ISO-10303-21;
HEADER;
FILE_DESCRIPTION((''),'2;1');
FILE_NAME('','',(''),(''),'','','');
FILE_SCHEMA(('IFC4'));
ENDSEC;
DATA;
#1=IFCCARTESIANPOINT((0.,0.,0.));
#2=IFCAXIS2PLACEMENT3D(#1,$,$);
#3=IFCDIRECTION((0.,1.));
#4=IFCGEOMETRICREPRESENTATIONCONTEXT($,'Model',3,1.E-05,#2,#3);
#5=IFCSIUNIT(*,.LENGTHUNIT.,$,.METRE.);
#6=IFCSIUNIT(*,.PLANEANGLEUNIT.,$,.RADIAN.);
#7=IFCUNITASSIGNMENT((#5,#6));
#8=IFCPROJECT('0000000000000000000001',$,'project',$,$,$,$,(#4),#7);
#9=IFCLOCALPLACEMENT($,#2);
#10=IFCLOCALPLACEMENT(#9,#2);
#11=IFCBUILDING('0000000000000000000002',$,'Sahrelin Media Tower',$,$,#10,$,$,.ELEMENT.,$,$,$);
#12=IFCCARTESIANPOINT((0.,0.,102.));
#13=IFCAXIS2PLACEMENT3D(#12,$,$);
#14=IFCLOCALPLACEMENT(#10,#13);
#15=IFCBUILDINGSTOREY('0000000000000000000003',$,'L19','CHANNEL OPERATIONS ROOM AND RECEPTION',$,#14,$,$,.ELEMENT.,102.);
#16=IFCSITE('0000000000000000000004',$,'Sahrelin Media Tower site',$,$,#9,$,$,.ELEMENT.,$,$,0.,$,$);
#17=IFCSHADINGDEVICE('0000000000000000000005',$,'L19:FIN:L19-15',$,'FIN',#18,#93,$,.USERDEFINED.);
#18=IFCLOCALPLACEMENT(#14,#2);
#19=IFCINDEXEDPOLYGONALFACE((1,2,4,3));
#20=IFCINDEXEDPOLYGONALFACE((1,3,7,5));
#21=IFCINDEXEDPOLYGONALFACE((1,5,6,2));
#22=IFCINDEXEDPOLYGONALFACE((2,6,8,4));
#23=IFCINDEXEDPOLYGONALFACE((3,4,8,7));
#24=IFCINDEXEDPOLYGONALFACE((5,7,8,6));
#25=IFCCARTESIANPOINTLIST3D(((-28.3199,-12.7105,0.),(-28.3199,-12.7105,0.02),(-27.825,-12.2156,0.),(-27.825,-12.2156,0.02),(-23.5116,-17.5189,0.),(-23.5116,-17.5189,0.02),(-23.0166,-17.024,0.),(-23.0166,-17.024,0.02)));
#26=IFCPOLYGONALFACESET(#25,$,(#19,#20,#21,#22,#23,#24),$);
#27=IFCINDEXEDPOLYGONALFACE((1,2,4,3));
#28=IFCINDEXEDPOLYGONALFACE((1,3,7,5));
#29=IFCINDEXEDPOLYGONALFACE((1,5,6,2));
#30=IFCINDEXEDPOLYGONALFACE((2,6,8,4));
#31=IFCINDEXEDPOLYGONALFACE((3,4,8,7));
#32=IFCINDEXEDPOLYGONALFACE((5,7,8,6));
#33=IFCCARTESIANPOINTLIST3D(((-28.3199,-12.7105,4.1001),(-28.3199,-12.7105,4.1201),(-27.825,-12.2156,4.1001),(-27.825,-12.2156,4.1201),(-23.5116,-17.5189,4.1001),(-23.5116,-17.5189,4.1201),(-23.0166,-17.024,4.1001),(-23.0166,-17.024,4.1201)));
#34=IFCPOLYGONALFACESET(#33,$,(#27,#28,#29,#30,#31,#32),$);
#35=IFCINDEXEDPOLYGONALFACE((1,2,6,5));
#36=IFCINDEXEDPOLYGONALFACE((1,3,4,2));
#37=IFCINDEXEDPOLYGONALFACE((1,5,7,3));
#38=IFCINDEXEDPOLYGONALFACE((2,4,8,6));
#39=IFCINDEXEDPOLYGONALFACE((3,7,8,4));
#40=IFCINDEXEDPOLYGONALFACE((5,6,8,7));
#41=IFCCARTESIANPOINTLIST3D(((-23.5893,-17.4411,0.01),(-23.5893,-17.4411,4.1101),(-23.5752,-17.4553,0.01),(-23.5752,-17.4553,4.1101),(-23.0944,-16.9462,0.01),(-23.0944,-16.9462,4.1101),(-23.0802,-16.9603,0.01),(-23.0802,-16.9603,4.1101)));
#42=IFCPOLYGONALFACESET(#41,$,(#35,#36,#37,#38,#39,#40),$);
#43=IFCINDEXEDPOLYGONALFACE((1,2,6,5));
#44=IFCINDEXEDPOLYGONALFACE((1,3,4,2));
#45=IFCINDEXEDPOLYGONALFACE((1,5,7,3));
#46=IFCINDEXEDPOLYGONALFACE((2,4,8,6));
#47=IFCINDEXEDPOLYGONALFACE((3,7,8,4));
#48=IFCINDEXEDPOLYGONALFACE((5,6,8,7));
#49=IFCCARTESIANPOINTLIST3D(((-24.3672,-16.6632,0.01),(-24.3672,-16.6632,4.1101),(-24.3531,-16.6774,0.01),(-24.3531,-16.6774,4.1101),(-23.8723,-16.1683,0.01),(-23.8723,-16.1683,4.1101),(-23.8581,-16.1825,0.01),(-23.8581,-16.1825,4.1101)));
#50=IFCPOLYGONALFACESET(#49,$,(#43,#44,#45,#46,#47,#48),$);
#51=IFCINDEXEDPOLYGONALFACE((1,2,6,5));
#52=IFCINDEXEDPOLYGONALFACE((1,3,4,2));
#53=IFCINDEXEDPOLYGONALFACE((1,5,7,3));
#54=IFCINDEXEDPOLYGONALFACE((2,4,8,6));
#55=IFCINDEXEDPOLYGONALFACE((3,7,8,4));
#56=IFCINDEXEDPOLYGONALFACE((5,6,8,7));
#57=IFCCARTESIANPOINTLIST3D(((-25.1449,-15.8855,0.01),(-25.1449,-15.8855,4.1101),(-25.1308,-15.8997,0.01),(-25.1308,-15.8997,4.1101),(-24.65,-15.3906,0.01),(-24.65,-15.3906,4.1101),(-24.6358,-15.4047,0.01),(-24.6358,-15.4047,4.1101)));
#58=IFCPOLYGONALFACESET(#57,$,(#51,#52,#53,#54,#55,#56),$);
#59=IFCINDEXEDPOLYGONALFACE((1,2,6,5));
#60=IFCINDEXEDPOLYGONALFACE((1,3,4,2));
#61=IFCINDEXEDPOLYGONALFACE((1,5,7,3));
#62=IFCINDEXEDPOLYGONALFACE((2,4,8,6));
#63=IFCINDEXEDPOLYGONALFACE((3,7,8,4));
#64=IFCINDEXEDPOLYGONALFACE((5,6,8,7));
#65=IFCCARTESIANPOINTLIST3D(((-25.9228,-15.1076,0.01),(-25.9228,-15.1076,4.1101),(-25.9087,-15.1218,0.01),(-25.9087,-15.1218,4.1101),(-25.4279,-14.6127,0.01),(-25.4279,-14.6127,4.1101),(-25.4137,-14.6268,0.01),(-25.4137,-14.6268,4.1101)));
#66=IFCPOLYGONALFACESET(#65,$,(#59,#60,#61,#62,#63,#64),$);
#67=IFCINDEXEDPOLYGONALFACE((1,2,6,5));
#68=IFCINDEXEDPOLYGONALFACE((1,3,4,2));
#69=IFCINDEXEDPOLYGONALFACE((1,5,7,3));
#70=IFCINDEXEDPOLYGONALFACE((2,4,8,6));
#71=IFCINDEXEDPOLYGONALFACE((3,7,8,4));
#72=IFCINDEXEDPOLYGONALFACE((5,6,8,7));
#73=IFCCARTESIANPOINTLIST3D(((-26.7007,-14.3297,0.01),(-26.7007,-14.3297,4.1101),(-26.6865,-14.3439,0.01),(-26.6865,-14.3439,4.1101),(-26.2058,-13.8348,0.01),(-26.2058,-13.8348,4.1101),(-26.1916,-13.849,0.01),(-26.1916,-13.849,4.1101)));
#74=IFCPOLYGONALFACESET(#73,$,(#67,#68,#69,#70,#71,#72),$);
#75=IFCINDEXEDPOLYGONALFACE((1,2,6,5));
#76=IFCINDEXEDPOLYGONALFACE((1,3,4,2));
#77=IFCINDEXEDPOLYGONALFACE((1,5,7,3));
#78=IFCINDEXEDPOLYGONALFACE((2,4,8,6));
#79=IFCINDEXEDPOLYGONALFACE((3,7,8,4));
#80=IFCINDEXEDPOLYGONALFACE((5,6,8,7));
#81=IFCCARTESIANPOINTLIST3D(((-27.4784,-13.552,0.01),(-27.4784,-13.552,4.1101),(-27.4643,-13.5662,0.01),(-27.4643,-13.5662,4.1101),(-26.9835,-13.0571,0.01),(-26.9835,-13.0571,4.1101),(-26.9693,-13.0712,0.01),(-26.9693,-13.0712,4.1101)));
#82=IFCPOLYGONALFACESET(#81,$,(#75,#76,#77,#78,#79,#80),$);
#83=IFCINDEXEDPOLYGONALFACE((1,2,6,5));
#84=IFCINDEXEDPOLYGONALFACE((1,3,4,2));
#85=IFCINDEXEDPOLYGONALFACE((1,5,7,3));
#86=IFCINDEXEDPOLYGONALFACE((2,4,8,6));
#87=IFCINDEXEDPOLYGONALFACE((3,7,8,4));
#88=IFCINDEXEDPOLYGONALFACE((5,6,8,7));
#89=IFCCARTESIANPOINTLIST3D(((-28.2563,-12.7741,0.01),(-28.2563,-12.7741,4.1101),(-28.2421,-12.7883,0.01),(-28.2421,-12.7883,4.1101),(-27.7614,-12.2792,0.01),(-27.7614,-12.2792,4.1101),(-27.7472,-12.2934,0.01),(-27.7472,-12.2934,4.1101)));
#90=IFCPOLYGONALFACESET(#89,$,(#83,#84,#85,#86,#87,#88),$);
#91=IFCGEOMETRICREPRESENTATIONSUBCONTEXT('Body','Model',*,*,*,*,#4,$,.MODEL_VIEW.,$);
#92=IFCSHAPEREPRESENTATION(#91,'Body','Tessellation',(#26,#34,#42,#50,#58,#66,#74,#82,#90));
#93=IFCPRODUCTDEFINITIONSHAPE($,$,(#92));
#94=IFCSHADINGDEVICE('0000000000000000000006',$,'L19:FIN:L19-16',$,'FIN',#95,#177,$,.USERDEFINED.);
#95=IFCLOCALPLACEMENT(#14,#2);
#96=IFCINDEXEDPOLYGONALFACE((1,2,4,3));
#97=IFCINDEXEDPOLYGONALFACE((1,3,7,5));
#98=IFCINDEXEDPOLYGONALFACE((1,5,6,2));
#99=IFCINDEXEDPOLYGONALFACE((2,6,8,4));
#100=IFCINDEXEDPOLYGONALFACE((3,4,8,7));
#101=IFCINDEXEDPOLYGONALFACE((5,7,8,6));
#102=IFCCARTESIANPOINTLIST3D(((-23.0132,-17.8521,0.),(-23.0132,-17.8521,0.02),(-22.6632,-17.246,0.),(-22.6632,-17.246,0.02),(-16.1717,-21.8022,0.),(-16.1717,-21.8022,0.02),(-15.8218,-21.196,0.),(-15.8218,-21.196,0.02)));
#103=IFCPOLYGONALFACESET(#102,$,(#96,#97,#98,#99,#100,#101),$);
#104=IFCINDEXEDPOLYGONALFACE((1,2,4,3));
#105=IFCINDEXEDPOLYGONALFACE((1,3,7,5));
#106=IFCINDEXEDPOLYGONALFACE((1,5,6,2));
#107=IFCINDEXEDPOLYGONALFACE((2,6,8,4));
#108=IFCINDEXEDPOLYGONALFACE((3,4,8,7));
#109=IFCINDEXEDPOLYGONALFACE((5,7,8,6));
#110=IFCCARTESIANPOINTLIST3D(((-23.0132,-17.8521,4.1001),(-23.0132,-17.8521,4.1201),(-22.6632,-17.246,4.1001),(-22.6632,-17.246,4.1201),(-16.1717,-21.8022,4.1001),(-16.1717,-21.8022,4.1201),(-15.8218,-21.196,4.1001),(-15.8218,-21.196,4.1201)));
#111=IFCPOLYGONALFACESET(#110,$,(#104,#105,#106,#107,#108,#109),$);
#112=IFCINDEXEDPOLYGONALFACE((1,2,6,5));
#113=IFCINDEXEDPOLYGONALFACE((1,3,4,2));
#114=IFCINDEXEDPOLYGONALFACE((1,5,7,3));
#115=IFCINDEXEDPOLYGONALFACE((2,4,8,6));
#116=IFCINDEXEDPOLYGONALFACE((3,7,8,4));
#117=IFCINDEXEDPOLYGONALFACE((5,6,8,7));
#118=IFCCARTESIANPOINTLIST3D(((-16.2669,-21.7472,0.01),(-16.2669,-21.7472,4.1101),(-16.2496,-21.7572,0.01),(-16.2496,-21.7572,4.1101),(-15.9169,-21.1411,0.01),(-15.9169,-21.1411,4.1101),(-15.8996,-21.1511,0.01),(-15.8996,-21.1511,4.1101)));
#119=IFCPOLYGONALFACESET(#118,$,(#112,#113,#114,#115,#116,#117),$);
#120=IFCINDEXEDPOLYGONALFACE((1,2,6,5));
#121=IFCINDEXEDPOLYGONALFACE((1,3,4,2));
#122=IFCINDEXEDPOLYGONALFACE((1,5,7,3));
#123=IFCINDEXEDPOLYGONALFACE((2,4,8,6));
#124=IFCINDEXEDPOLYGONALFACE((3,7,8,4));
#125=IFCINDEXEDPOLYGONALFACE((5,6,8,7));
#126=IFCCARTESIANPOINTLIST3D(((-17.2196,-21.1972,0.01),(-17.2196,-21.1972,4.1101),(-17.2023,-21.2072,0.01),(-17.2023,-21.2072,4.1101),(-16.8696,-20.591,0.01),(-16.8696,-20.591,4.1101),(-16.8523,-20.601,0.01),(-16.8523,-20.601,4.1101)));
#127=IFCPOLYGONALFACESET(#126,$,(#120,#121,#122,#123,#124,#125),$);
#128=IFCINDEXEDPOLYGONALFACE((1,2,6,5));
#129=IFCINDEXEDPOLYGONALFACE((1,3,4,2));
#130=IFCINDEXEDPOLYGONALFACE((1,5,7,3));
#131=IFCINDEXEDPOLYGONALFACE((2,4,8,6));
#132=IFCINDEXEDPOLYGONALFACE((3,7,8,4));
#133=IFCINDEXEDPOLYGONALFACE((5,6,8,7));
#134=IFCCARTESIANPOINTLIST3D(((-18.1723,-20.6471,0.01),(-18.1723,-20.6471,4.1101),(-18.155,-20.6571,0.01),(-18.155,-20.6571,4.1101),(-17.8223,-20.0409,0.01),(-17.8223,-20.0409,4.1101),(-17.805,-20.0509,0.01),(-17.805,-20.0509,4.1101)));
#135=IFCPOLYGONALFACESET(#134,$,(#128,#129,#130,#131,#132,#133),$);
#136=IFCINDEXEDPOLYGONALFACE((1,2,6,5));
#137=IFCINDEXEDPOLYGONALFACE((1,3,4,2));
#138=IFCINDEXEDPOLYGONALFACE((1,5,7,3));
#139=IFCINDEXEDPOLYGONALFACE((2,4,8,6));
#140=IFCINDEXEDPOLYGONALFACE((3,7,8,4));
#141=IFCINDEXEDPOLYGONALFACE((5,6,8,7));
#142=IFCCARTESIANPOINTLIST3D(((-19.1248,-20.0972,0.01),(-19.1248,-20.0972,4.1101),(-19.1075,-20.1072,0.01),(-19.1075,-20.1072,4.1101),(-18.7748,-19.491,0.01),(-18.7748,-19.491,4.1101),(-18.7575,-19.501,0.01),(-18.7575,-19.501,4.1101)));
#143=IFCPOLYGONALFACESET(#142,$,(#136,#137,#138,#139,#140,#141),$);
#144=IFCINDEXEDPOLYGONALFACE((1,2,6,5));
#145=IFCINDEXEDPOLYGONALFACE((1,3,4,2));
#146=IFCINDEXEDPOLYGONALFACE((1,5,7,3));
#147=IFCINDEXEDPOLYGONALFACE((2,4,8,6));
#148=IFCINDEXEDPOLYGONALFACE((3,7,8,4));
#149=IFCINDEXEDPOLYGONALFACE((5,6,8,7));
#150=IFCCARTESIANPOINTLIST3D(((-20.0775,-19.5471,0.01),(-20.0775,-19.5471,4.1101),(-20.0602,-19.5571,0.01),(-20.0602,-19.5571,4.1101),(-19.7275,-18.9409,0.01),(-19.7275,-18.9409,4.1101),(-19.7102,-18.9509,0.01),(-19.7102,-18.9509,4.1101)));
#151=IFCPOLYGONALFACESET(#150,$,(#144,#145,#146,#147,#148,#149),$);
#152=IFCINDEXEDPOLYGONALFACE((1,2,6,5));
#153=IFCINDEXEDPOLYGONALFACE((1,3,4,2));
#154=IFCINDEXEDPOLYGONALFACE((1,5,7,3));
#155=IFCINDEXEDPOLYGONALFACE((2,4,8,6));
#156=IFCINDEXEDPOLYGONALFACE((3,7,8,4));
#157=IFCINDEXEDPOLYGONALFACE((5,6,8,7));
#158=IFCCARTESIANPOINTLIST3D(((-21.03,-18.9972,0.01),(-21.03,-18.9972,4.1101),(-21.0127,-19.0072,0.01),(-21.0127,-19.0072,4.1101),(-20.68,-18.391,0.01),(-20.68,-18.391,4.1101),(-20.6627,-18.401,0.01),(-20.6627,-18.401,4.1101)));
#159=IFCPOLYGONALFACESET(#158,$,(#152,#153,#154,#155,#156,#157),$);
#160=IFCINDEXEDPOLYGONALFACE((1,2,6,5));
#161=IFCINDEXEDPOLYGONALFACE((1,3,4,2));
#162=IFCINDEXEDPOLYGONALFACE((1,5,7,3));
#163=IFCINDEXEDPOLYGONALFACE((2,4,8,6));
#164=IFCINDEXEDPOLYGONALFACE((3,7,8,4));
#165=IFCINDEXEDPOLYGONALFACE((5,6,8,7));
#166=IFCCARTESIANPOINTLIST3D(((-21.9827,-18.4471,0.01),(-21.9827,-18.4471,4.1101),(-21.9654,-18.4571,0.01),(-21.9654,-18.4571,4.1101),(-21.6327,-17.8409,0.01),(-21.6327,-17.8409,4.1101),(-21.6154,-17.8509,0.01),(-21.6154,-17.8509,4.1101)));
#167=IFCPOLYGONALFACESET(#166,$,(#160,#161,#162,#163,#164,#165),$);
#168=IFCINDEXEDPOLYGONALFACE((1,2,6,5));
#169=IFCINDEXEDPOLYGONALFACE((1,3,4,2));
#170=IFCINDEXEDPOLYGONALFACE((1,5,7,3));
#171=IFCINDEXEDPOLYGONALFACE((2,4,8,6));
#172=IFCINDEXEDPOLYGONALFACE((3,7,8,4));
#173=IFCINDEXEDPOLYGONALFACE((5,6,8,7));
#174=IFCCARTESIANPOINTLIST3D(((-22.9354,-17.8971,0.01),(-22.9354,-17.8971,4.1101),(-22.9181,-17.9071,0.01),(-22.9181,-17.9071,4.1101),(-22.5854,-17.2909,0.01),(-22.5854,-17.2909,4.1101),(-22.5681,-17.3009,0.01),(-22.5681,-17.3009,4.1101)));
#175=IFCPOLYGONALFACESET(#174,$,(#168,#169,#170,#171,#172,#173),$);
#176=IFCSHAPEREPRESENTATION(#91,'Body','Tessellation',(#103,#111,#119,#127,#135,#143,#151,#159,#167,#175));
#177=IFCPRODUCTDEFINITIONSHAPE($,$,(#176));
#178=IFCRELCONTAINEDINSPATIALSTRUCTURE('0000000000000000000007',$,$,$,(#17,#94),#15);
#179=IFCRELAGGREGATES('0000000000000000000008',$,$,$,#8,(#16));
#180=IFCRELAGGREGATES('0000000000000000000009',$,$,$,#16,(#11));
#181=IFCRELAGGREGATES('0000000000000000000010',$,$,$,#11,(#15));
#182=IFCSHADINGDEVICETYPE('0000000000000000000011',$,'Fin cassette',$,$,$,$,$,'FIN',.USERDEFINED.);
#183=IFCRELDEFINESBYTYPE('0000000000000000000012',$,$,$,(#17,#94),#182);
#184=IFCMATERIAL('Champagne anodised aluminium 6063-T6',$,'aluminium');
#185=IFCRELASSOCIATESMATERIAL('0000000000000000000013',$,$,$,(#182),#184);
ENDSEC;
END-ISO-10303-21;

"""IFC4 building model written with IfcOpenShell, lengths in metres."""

from ifc_helpers import new_model, si_unit, direction, frame, origin, origin_2d, place, context, subcontext, project, spatial, rectangle, extrude, material, type_object, element, save


model = new_model("IFC4")

# Units and contexts
model_context = context("Model", 3, precision=1e-05, world=origin(), true_north=direction((0.0, 1.0)))
body_context = subcontext(model_context, "Body", "Model", "MODEL_VIEW")
ifc_project = project(units=[si_unit("LENGTHUNIT", "METRE"), si_unit("PLANEANGLEUNIT", "RADIAN")], contexts=[model_context])

# Site, building, storey
site_placement = place(None, origin())
site = spatial("IfcSite", under=ifc_project, at=site_placement, Name="Sahrelin Media Tower site", CompositionType="ELEMENT", RefElevation=0.0)
building_placement = place(site_placement, origin())
building = spatial("IfcBuilding", under=site, at=building_placement, Name="Sahrelin Media Tower", CompositionType="ELEMENT")
storey_placement = place(building_placement, frame((0.0, 0.0, 102.0)))
storey = spatial("IfcBuildingStorey", under=building, at=storey_placement, Name="L19", Description="CHANNEL OPERATIONS ROOM AND RECEPTION", CompositionType="ELEMENT", Elevation=102.0)

# Shared definitions
ifc_material_1 = material(Name="Champagne anodised aluminium 6063-T6", Category="aluminium")

# Shading devices
shading_device_type_1 = type_object("IfcShadingDeviceType", Name="Fin cassette", ElementType="FIN", PredefinedType="USERDEFINED", material=ifc_material_1)
placement_1 = place(storey_placement, frame((-25.3713, -14.5703, 0.0), z_axis=(0.0, 0.0, 1.0), x_axis=(-0.707107, 0.707107, 0.0)))
element("IfcShadingDevice", 1, at=placement_1, inside=storey, type_object=shading_device_type_1, Name="L19:FIN:L19-15", ObjectType="FIN", PredefinedType="USERDEFINED", context=body_context, shape_type="SweptSolid", body=[
    extrude(rectangle(XDim=6.8, YDim=0.7, at=origin_2d()), frame((0.0, 0.4199, 0.0)), (0.0, 0.0, 1.0), 0.02),
    extrude(rectangle(XDim=6.8, YDim=0.7, at=origin_2d()), frame((0.0, 0.4199, 4.1001)), (0.0, 0.0, 1.0), 0.02),
    extrude(rectangle(XDim=0.02, YDim=0.7, at=origin_2d()), frame((-3.3, 0.4199, 0.01), z_axis=(0.0, 0.0, 1.0), x_axis=(1.0, 0.0, 0.0)), (0.0, 0.0, 1.0), 4.1001),
    extrude(rectangle(XDim=0.02, YDim=0.7, at=origin_2d()), frame((-2.2, 0.4199, 0.01), z_axis=(0.0, 0.0, 1.0), x_axis=(1.0, 0.0, 0.0)), (0.0, 0.0, 1.0), 4.1001),
    extrude(rectangle(XDim=0.02, YDim=0.7, at=origin_2d()), frame((-1.1001, 0.4199, 0.01), z_axis=(0.0, 0.0, 1.0), x_axis=(1.0, 0.0, 0.0)), (0.0, 0.0, 1.0), 4.1001),
    extrude(rectangle(XDim=0.02, YDim=0.7, at=origin_2d()), frame((0.0, 0.4199, 0.01), z_axis=(0.0, 0.0, 1.0), x_axis=(1.0, 0.0, 0.0)), (0.0, 0.0, 1.0), 4.1001),
    extrude(rectangle(XDim=0.02, YDim=0.7, at=origin_2d()), frame((1.1001, 0.4199, 0.01), z_axis=(0.0, 0.0, 1.0), x_axis=(1.0, 0.0, 0.0)), (0.0, 0.0, 1.0), 4.1001),
    extrude(rectangle(XDim=0.02, YDim=0.7, at=origin_2d()), frame((2.2, 0.4199, 0.01), z_axis=(0.0, 0.0, 1.0), x_axis=(1.0, 0.0, 0.0)), (0.0, 0.0, 1.0), 4.1001),
    extrude(rectangle(XDim=0.02, YDim=0.7, at=origin_2d()), frame((3.3, 0.4199, 0.01), z_axis=(0.0, 0.0, 1.0), x_axis=(1.0, 0.0, 0.0)), (0.0, 0.0, 1.0), 4.1001),
])
placement_2 = place(storey_placement, frame((-19.2075, -19.1604, 0.0), z_axis=(0.0, 0.0, 1.0), x_axis=(-0.866019, 0.500011, 0.0)))
element("IfcShadingDevice", 2, at=placement_2, inside=storey, type_object=shading_device_type_1, Name="L19:FIN:L19-16", ObjectType="FIN", PredefinedType="USERDEFINED", context=body_context, shape_type="SweptSolid", body=[
    extrude(rectangle(XDim=7.8999, YDim=0.7, at=origin_2d()), frame((0.0, 0.4199, 0.0)), (0.0, 0.0, 1.0), 0.02),
    extrude(rectangle(XDim=7.8999, YDim=0.7, at=origin_2d()), frame((0.0, 0.4199, 4.1001)), (0.0, 0.0, 1.0), 0.02),
    extrude(rectangle(XDim=0.02, YDim=0.7, at=origin_2d()), frame((-3.8501, 0.4199, 0.01), z_axis=(0.0, 0.0, 1.0), x_axis=(1.0, 0.0, 0.0)), (0.0, 0.0, 1.0), 4.1001),
    extrude(rectangle(XDim=0.02, YDim=0.7, at=origin_2d()), frame((-2.75, 0.4199, 0.01), z_axis=(0.0, 0.0, 1.0), x_axis=(1.0, 0.0, 0.0)), (0.0, 0.0, 1.0), 4.1001),
    extrude(rectangle(XDim=0.02, YDim=0.7, at=origin_2d()), frame((-1.6499, 0.4199, 0.01), z_axis=(0.0, 0.0, 1.0), x_axis=(1.0, 0.0, 0.0)), (0.0, 0.0, 1.0), 4.1001),
    extrude(rectangle(XDim=0.02, YDim=0.7, at=origin_2d()), frame((-0.55, 0.4199, 0.01), z_axis=(0.0, 0.0, 1.0), x_axis=(1.0, 0.0, 0.0)), (0.0, 0.0, 1.0), 4.1001),
    extrude(rectangle(XDim=0.02, YDim=0.7, at=origin_2d()), frame((0.55, 0.4199, 0.01), z_axis=(0.0, 0.0, 1.0), x_axis=(1.0, 0.0, 0.0)), (0.0, 0.0, 1.0), 4.1001),
    extrude(rectangle(XDim=0.02, YDim=0.7, at=origin_2d()), frame((1.6499, 0.4199, 0.01), z_axis=(0.0, 0.0, 1.0), x_axis=(1.0, 0.0, 0.0)), (0.0, 0.0, 1.0), 4.1001),
    extrude(rectangle(XDim=0.02, YDim=0.7, at=origin_2d()), frame((2.75, 0.4199, 0.01), z_axis=(0.0, 0.0, 1.0), x_axis=(1.0, 0.0, 0.0)), (0.0, 0.0, 1.0), 4.1001),
    extrude(rectangle(XDim=0.02, YDim=0.7, at=origin_2d()), frame((3.8501, 0.4199, 0.01), z_axis=(0.0, 0.0, 1.0), x_axis=(1.0, 0.0, 0.0)), (0.0, 0.0, 1.0), 4.1001),
])

save(model, "model.ifc")
